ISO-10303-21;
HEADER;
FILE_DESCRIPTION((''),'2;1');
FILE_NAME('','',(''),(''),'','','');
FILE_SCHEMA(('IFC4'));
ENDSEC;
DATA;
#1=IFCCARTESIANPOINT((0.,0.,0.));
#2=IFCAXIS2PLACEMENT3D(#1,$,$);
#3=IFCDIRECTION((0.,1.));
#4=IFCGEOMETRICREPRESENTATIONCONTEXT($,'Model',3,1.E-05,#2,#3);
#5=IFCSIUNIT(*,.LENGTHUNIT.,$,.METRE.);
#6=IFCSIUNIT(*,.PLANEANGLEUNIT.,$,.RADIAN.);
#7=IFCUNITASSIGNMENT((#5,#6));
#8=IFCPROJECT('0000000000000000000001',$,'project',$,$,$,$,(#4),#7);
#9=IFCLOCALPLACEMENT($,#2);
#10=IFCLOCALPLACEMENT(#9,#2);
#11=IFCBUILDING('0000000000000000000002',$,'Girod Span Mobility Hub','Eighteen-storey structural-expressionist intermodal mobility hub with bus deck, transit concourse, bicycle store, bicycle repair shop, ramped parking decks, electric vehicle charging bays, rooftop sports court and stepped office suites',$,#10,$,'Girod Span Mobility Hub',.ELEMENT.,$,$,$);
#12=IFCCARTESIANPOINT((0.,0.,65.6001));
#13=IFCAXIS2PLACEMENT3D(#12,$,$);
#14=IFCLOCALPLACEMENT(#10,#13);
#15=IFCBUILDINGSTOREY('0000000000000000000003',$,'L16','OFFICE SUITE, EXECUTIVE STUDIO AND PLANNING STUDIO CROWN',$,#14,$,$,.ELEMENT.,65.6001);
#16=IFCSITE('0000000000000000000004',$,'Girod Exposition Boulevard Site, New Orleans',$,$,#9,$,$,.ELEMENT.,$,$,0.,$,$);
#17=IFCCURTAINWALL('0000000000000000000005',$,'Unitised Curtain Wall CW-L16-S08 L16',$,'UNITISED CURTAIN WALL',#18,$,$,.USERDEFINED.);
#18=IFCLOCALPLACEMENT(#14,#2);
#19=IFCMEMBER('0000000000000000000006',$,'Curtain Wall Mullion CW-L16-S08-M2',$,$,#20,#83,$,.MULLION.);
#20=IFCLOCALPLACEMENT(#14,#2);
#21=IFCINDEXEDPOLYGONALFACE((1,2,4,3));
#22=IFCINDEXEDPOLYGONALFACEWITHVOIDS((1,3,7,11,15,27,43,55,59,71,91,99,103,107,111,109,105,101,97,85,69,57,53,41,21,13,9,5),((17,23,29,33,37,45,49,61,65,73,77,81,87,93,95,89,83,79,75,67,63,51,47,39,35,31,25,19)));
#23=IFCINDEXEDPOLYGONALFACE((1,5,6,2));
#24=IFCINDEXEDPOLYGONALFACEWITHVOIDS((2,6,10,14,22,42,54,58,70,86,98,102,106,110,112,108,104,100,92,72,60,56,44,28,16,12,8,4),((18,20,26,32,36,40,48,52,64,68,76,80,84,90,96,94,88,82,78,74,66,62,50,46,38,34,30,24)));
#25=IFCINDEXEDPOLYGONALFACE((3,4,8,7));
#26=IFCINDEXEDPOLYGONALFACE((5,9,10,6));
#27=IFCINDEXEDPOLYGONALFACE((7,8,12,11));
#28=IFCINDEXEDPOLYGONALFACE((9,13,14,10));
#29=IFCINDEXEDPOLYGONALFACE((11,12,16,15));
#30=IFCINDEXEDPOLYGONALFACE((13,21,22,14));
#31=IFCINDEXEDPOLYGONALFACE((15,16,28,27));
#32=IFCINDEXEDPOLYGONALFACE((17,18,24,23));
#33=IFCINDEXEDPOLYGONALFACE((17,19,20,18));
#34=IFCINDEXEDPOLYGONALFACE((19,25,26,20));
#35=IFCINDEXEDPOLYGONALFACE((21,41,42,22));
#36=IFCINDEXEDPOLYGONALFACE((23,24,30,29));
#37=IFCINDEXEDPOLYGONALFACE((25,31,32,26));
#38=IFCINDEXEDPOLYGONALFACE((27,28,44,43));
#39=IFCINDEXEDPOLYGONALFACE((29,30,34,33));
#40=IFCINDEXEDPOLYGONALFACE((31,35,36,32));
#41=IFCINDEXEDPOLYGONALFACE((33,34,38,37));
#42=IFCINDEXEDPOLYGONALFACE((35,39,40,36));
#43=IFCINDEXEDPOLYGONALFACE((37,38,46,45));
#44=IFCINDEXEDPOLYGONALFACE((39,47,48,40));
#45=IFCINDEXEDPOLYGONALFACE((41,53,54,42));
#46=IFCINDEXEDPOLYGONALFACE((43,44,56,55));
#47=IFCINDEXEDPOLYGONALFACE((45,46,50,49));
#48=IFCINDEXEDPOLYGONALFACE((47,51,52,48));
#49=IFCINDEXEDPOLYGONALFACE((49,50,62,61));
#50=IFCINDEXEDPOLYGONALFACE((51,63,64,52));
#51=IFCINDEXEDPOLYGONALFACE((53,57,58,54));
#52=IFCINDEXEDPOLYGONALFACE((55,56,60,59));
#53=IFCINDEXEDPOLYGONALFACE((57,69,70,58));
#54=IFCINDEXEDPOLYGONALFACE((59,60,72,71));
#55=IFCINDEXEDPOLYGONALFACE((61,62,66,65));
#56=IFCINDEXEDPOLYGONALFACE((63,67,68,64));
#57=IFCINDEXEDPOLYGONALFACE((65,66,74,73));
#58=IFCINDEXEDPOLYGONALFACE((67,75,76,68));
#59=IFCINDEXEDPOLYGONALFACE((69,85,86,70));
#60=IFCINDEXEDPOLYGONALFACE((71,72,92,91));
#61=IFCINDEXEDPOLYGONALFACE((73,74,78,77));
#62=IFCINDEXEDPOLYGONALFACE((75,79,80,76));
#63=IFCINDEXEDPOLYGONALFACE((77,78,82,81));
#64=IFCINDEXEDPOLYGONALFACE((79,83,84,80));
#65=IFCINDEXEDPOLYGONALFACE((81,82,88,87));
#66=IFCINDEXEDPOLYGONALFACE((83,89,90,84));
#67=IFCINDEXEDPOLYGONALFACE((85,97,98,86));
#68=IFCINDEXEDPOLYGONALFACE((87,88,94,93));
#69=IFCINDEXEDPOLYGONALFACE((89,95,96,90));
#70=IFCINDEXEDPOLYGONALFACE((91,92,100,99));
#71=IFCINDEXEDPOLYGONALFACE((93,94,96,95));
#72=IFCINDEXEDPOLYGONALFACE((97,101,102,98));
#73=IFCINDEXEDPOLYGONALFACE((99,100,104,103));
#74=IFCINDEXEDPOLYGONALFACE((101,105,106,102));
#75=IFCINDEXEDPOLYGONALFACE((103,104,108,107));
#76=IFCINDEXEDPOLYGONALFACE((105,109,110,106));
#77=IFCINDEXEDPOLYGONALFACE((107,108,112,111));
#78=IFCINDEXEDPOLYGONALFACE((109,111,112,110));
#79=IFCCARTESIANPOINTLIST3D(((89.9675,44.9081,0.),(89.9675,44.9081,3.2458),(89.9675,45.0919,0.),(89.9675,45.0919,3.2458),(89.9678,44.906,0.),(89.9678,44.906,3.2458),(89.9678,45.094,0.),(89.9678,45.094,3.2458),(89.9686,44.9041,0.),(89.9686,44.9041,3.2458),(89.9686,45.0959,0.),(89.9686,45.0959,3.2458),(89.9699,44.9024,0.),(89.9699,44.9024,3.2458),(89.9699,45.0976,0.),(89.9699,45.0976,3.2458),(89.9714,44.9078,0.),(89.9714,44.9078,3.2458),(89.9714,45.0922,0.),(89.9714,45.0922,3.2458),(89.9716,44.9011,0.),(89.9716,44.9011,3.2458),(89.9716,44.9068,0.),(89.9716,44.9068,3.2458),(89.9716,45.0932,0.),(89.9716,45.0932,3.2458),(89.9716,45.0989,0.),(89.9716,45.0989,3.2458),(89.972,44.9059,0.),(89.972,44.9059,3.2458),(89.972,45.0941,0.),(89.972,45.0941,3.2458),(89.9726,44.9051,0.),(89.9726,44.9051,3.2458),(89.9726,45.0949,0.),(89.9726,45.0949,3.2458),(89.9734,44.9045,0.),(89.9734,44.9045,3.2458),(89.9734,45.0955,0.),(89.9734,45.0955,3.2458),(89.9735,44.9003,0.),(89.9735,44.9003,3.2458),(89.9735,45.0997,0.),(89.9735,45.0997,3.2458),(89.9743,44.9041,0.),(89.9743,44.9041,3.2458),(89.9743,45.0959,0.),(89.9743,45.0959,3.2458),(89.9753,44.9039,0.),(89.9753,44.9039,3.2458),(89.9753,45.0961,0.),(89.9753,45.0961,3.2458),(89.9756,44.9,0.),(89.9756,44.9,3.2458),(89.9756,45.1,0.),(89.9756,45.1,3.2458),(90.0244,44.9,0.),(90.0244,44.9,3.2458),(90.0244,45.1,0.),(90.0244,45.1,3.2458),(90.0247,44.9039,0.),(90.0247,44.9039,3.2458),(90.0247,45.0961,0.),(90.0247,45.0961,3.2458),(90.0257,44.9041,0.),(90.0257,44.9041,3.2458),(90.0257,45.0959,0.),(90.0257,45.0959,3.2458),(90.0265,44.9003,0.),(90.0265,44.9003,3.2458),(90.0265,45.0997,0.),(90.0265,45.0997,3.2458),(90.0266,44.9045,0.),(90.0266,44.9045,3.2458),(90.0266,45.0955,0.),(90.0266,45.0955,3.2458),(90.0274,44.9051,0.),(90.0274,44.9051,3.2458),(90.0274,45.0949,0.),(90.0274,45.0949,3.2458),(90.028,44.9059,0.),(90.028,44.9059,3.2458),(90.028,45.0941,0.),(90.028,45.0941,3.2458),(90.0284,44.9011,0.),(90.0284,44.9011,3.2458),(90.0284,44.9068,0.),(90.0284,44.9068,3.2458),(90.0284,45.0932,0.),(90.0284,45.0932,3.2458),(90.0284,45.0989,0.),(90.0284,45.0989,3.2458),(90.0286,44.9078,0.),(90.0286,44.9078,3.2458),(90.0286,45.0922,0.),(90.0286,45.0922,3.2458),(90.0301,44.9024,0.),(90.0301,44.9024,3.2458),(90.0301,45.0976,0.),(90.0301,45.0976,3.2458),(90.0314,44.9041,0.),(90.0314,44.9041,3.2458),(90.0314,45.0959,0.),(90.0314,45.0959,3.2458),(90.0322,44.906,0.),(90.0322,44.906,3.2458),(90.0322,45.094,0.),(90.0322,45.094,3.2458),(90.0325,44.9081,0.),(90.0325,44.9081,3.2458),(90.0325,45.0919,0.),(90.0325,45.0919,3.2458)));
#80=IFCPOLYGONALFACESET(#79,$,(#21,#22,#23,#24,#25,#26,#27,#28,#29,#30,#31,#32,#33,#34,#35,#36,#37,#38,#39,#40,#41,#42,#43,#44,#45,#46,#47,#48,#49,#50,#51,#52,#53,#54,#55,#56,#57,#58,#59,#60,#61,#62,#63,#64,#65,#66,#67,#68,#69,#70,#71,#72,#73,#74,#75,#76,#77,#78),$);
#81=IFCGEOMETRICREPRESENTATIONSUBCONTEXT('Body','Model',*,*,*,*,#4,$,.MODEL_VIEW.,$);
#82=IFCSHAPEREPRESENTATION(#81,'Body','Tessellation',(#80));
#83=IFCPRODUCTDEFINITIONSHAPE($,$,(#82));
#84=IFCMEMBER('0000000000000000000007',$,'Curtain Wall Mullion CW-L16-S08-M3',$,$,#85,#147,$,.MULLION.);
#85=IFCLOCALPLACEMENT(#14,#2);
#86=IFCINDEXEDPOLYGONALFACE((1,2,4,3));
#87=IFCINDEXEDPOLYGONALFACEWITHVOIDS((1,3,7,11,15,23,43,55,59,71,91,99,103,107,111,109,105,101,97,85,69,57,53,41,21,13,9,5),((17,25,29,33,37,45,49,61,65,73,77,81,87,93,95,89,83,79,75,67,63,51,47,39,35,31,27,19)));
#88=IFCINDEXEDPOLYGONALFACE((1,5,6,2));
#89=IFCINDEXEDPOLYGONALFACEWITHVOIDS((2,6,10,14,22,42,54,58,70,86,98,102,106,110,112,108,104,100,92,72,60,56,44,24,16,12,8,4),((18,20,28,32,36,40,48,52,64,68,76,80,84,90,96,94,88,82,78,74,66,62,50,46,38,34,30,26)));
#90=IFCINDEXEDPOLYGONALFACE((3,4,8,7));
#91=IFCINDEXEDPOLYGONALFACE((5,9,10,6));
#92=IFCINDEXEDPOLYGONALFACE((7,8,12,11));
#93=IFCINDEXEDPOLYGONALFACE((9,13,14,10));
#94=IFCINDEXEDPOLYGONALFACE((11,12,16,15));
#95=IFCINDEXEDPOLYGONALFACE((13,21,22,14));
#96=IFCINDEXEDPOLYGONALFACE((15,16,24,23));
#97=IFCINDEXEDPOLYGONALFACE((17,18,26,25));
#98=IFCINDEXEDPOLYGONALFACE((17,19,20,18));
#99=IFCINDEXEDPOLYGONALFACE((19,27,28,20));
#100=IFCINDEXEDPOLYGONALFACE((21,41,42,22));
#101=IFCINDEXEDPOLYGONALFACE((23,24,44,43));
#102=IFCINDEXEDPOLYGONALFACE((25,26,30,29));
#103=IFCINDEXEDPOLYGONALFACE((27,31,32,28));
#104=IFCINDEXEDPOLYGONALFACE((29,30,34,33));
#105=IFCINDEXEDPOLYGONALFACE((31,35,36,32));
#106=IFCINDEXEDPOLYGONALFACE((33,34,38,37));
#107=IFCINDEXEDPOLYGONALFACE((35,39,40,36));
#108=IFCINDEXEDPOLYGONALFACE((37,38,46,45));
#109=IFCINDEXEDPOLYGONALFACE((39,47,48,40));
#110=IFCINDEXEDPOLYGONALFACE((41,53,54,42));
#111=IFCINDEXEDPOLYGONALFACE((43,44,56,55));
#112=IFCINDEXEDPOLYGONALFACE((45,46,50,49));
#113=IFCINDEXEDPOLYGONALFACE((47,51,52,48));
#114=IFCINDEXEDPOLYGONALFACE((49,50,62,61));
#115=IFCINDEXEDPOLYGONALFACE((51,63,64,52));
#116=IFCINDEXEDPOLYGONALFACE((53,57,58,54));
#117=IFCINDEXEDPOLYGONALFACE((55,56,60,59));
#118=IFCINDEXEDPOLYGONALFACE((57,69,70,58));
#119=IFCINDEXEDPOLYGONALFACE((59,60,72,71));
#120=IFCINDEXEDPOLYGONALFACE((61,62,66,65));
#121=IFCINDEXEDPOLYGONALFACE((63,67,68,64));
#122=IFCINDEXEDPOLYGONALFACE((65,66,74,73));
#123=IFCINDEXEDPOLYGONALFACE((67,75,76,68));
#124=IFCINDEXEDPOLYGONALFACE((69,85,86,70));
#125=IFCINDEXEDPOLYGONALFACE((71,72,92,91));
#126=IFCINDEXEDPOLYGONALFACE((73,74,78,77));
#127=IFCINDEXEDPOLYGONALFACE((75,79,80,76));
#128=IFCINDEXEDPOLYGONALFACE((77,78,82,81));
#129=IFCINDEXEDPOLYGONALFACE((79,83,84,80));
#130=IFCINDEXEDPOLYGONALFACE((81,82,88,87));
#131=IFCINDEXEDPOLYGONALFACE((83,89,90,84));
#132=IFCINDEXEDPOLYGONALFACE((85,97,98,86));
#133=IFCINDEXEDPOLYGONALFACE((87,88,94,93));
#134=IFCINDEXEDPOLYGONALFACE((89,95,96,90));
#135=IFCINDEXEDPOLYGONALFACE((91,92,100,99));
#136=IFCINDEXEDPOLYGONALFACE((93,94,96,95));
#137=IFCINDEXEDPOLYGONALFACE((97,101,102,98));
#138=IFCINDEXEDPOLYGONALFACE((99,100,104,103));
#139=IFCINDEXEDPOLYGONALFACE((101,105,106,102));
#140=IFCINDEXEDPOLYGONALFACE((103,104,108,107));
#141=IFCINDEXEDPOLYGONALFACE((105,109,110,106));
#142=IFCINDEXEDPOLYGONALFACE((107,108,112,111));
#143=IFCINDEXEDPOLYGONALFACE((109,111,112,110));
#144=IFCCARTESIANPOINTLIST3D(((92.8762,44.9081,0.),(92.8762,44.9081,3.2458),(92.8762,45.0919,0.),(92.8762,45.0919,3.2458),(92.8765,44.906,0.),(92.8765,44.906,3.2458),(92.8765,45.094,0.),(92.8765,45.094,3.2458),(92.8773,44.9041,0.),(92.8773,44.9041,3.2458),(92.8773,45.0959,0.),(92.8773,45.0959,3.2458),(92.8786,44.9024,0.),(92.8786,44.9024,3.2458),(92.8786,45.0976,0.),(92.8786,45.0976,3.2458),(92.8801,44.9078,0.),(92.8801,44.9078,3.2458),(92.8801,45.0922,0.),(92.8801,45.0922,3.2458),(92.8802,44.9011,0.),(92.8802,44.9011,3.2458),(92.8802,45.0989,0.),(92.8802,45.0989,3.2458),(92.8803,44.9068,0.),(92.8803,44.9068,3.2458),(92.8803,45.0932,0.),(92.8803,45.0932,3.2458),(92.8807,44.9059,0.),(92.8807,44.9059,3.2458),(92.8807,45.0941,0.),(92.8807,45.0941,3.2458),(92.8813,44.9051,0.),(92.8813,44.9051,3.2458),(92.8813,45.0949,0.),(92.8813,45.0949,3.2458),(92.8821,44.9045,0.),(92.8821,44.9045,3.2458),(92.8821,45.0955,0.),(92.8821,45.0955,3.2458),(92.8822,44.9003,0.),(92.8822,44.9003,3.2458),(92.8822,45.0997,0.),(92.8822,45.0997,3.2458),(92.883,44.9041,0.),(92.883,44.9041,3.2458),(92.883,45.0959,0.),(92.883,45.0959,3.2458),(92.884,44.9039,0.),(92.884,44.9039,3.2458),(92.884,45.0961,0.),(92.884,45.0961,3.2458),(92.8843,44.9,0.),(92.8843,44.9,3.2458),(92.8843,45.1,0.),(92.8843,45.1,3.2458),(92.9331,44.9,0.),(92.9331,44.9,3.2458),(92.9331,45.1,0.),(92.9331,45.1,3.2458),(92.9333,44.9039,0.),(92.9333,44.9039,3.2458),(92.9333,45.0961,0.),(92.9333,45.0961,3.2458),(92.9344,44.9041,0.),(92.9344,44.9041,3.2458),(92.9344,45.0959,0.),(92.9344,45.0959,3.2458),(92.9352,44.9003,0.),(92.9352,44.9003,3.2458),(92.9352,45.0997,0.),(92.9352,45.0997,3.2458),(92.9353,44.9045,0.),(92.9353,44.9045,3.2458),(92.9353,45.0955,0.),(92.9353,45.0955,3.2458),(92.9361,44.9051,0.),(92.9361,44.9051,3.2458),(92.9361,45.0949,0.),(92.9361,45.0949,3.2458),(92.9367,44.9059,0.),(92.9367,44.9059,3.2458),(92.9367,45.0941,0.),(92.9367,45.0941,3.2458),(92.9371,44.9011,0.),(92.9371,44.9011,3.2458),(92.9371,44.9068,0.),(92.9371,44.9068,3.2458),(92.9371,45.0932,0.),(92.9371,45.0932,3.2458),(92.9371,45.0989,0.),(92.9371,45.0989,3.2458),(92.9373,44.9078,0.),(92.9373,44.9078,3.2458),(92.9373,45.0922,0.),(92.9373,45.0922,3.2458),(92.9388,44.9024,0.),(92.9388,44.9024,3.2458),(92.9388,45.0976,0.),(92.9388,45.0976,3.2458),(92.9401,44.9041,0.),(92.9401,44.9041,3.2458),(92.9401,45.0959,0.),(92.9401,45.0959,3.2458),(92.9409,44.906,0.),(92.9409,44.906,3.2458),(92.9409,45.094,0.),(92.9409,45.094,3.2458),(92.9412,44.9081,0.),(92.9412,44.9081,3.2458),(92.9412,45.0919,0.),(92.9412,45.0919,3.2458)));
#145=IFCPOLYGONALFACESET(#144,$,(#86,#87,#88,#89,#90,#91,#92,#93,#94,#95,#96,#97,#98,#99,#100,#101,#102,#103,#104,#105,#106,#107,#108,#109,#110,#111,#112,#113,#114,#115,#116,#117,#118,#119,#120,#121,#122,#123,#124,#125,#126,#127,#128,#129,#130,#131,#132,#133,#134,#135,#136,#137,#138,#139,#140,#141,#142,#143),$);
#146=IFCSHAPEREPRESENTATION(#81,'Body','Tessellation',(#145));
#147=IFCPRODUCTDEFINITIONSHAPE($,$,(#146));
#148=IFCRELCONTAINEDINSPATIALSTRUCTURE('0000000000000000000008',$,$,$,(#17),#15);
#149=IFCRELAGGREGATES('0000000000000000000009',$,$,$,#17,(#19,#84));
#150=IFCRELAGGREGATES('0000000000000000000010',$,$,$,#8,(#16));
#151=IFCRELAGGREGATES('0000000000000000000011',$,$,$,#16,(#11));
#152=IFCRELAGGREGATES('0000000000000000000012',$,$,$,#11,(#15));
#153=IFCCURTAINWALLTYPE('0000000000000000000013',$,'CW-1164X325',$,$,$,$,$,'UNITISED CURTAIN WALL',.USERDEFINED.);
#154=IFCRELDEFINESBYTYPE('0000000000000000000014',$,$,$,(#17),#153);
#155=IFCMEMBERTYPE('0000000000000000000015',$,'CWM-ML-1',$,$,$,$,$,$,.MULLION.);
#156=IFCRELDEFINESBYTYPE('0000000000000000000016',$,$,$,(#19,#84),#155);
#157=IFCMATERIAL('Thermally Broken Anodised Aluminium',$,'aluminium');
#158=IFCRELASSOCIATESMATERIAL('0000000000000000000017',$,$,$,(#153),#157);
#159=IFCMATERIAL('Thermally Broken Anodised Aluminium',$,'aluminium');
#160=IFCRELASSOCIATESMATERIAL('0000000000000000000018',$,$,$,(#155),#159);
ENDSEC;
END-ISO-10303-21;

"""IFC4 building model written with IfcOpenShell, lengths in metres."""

from ifc_helpers import new_model, si_unit, direction, frame, origin, origin_2d, place, context, subcontext, project, spatial, hollow_rectangle, extrude, material, material_profile, profile_set, type_object, element, aggregate, save


model = new_model("IFC4")

# Units and contexts
model_context = context("Model", 3, precision=1e-05, world=origin(), true_north=direction((0.0, 1.0)))
body_context = subcontext(model_context, "Body", "Model", "MODEL_VIEW")
ifc_project = project(units=[si_unit("LENGTHUNIT", "METRE"), si_unit("PLANEANGLEUNIT", "RADIAN")], contexts=[model_context])

# Site, building, storey
site_placement = place(None, origin())
site = spatial("IfcSite", under=ifc_project, at=site_placement, Name="Girod Exposition Boulevard Site, New Orleans", CompositionType="ELEMENT", RefElevation=0.0)
building_placement = place(site_placement, origin())
building = spatial("IfcBuilding", under=site, at=building_placement, Name="Girod Span Mobility Hub", Description="Eighteen-storey structural-expressionist intermodal mobility hub with bus deck, transit concourse, bicycle store, bicycle repair shop, ramped parking decks, electric vehicle charging bays, rooftop sports court and stepped office suites", LongName="Girod Span Mobility Hub", CompositionType="ELEMENT")
storey_placement = place(building_placement, frame((0.0, 0.0, 65.6001)))
storey = spatial("IfcBuildingStorey", under=building, at=storey_placement, Name="L16", Description="OFFICE SUITE, EXECUTIVE STUDIO AND PLANNING STUDIO CROWN", CompositionType="ELEMENT", Elevation=65.6001)

# Shared definitions
ifc_material_1 = material(Name="Thermally Broken Anodised Aluminium", Category="aluminium")
curtain_wall_type = type_object("IfcCurtainWallType", Name="CW-1164X325", ElementType="UNITISED CURTAIN WALL", PredefinedType="USERDEFINED", material=ifc_material_1)
ifc_material_2 = material(Name="Thermally Broken Anodised Aluminium", Category="aluminium")
ifc_material_profile_1 = material_profile(ifc_material_2, hollow_rectangle(XDim=0.2, YDim=0.0649, WallThickness=0.0039, InnerFilletRadius=0.0039, OuterFilletRadius=0.0081, at=origin_2d()), Name="CW-ML-65X200")
ifc_profile_set_1 = profile_set([ifc_material_profile_1], Name="Thermally Broken Anodised Aluminium")
member_type_1 = type_object("IfcMemberType", Name="CWM-ML-1", PredefinedType="MULLION", material=ifc_profile_set_1)

# Curtain wall, members
curtain_wall_1_placement = place(storey_placement, origin())
curtain_wall_1 = element("IfcCurtainWall", 1, at=curtain_wall_1_placement, inside=storey, type_object=curtain_wall_type, Name="Unitised Curtain Wall CW-L16-S08 L16", ObjectType="UNITISED CURTAIN WALL", PredefinedType="USERDEFINED")
member_1_placement = place(storey_placement, frame((90.0, 45.0, 0.0), z_axis=(0.0, 0.0, 1.0), x_axis=(0.0, 1.0, 0.0)))
member_1 = element("IfcMember", 2, at=member_1_placement, type_object=member_type_1, Name="Curtain Wall Mullion CW-L16-S08-M2", PredefinedType="MULLION", context=body_context, shape_type="SweptSolid", body=[
    extrude(hollow_rectangle(XDim=0.2, YDim=0.0649, WallThickness=0.0039, InnerFilletRadius=0.0039, OuterFilletRadius=0.0081, at=origin_2d()), origin(), (0.0, 0.0, 1.0), 3.2458),
])
member_2_placement = place(storey_placement, frame((92.9087, 45.0, 0.0), z_axis=(0.0, 0.0, 1.0), x_axis=(0.0, 1.0, 0.0)))
member_2 = element("IfcMember", 3, at=member_2_placement, type_object=member_type_1, Name="Curtain Wall Mullion CW-L16-S08-M3", PredefinedType="MULLION", context=body_context, shape_type="SweptSolid", body=[
    extrude(hollow_rectangle(XDim=0.2, YDim=0.0649, WallThickness=0.0039, InnerFilletRadius=0.0039, OuterFilletRadius=0.0081, at=origin_2d()), origin(), (0.0, 0.0, 1.0), 3.2458),
])

aggregate(curtain_wall_1, [member_1, member_2])

save(model, "model.ifc")
